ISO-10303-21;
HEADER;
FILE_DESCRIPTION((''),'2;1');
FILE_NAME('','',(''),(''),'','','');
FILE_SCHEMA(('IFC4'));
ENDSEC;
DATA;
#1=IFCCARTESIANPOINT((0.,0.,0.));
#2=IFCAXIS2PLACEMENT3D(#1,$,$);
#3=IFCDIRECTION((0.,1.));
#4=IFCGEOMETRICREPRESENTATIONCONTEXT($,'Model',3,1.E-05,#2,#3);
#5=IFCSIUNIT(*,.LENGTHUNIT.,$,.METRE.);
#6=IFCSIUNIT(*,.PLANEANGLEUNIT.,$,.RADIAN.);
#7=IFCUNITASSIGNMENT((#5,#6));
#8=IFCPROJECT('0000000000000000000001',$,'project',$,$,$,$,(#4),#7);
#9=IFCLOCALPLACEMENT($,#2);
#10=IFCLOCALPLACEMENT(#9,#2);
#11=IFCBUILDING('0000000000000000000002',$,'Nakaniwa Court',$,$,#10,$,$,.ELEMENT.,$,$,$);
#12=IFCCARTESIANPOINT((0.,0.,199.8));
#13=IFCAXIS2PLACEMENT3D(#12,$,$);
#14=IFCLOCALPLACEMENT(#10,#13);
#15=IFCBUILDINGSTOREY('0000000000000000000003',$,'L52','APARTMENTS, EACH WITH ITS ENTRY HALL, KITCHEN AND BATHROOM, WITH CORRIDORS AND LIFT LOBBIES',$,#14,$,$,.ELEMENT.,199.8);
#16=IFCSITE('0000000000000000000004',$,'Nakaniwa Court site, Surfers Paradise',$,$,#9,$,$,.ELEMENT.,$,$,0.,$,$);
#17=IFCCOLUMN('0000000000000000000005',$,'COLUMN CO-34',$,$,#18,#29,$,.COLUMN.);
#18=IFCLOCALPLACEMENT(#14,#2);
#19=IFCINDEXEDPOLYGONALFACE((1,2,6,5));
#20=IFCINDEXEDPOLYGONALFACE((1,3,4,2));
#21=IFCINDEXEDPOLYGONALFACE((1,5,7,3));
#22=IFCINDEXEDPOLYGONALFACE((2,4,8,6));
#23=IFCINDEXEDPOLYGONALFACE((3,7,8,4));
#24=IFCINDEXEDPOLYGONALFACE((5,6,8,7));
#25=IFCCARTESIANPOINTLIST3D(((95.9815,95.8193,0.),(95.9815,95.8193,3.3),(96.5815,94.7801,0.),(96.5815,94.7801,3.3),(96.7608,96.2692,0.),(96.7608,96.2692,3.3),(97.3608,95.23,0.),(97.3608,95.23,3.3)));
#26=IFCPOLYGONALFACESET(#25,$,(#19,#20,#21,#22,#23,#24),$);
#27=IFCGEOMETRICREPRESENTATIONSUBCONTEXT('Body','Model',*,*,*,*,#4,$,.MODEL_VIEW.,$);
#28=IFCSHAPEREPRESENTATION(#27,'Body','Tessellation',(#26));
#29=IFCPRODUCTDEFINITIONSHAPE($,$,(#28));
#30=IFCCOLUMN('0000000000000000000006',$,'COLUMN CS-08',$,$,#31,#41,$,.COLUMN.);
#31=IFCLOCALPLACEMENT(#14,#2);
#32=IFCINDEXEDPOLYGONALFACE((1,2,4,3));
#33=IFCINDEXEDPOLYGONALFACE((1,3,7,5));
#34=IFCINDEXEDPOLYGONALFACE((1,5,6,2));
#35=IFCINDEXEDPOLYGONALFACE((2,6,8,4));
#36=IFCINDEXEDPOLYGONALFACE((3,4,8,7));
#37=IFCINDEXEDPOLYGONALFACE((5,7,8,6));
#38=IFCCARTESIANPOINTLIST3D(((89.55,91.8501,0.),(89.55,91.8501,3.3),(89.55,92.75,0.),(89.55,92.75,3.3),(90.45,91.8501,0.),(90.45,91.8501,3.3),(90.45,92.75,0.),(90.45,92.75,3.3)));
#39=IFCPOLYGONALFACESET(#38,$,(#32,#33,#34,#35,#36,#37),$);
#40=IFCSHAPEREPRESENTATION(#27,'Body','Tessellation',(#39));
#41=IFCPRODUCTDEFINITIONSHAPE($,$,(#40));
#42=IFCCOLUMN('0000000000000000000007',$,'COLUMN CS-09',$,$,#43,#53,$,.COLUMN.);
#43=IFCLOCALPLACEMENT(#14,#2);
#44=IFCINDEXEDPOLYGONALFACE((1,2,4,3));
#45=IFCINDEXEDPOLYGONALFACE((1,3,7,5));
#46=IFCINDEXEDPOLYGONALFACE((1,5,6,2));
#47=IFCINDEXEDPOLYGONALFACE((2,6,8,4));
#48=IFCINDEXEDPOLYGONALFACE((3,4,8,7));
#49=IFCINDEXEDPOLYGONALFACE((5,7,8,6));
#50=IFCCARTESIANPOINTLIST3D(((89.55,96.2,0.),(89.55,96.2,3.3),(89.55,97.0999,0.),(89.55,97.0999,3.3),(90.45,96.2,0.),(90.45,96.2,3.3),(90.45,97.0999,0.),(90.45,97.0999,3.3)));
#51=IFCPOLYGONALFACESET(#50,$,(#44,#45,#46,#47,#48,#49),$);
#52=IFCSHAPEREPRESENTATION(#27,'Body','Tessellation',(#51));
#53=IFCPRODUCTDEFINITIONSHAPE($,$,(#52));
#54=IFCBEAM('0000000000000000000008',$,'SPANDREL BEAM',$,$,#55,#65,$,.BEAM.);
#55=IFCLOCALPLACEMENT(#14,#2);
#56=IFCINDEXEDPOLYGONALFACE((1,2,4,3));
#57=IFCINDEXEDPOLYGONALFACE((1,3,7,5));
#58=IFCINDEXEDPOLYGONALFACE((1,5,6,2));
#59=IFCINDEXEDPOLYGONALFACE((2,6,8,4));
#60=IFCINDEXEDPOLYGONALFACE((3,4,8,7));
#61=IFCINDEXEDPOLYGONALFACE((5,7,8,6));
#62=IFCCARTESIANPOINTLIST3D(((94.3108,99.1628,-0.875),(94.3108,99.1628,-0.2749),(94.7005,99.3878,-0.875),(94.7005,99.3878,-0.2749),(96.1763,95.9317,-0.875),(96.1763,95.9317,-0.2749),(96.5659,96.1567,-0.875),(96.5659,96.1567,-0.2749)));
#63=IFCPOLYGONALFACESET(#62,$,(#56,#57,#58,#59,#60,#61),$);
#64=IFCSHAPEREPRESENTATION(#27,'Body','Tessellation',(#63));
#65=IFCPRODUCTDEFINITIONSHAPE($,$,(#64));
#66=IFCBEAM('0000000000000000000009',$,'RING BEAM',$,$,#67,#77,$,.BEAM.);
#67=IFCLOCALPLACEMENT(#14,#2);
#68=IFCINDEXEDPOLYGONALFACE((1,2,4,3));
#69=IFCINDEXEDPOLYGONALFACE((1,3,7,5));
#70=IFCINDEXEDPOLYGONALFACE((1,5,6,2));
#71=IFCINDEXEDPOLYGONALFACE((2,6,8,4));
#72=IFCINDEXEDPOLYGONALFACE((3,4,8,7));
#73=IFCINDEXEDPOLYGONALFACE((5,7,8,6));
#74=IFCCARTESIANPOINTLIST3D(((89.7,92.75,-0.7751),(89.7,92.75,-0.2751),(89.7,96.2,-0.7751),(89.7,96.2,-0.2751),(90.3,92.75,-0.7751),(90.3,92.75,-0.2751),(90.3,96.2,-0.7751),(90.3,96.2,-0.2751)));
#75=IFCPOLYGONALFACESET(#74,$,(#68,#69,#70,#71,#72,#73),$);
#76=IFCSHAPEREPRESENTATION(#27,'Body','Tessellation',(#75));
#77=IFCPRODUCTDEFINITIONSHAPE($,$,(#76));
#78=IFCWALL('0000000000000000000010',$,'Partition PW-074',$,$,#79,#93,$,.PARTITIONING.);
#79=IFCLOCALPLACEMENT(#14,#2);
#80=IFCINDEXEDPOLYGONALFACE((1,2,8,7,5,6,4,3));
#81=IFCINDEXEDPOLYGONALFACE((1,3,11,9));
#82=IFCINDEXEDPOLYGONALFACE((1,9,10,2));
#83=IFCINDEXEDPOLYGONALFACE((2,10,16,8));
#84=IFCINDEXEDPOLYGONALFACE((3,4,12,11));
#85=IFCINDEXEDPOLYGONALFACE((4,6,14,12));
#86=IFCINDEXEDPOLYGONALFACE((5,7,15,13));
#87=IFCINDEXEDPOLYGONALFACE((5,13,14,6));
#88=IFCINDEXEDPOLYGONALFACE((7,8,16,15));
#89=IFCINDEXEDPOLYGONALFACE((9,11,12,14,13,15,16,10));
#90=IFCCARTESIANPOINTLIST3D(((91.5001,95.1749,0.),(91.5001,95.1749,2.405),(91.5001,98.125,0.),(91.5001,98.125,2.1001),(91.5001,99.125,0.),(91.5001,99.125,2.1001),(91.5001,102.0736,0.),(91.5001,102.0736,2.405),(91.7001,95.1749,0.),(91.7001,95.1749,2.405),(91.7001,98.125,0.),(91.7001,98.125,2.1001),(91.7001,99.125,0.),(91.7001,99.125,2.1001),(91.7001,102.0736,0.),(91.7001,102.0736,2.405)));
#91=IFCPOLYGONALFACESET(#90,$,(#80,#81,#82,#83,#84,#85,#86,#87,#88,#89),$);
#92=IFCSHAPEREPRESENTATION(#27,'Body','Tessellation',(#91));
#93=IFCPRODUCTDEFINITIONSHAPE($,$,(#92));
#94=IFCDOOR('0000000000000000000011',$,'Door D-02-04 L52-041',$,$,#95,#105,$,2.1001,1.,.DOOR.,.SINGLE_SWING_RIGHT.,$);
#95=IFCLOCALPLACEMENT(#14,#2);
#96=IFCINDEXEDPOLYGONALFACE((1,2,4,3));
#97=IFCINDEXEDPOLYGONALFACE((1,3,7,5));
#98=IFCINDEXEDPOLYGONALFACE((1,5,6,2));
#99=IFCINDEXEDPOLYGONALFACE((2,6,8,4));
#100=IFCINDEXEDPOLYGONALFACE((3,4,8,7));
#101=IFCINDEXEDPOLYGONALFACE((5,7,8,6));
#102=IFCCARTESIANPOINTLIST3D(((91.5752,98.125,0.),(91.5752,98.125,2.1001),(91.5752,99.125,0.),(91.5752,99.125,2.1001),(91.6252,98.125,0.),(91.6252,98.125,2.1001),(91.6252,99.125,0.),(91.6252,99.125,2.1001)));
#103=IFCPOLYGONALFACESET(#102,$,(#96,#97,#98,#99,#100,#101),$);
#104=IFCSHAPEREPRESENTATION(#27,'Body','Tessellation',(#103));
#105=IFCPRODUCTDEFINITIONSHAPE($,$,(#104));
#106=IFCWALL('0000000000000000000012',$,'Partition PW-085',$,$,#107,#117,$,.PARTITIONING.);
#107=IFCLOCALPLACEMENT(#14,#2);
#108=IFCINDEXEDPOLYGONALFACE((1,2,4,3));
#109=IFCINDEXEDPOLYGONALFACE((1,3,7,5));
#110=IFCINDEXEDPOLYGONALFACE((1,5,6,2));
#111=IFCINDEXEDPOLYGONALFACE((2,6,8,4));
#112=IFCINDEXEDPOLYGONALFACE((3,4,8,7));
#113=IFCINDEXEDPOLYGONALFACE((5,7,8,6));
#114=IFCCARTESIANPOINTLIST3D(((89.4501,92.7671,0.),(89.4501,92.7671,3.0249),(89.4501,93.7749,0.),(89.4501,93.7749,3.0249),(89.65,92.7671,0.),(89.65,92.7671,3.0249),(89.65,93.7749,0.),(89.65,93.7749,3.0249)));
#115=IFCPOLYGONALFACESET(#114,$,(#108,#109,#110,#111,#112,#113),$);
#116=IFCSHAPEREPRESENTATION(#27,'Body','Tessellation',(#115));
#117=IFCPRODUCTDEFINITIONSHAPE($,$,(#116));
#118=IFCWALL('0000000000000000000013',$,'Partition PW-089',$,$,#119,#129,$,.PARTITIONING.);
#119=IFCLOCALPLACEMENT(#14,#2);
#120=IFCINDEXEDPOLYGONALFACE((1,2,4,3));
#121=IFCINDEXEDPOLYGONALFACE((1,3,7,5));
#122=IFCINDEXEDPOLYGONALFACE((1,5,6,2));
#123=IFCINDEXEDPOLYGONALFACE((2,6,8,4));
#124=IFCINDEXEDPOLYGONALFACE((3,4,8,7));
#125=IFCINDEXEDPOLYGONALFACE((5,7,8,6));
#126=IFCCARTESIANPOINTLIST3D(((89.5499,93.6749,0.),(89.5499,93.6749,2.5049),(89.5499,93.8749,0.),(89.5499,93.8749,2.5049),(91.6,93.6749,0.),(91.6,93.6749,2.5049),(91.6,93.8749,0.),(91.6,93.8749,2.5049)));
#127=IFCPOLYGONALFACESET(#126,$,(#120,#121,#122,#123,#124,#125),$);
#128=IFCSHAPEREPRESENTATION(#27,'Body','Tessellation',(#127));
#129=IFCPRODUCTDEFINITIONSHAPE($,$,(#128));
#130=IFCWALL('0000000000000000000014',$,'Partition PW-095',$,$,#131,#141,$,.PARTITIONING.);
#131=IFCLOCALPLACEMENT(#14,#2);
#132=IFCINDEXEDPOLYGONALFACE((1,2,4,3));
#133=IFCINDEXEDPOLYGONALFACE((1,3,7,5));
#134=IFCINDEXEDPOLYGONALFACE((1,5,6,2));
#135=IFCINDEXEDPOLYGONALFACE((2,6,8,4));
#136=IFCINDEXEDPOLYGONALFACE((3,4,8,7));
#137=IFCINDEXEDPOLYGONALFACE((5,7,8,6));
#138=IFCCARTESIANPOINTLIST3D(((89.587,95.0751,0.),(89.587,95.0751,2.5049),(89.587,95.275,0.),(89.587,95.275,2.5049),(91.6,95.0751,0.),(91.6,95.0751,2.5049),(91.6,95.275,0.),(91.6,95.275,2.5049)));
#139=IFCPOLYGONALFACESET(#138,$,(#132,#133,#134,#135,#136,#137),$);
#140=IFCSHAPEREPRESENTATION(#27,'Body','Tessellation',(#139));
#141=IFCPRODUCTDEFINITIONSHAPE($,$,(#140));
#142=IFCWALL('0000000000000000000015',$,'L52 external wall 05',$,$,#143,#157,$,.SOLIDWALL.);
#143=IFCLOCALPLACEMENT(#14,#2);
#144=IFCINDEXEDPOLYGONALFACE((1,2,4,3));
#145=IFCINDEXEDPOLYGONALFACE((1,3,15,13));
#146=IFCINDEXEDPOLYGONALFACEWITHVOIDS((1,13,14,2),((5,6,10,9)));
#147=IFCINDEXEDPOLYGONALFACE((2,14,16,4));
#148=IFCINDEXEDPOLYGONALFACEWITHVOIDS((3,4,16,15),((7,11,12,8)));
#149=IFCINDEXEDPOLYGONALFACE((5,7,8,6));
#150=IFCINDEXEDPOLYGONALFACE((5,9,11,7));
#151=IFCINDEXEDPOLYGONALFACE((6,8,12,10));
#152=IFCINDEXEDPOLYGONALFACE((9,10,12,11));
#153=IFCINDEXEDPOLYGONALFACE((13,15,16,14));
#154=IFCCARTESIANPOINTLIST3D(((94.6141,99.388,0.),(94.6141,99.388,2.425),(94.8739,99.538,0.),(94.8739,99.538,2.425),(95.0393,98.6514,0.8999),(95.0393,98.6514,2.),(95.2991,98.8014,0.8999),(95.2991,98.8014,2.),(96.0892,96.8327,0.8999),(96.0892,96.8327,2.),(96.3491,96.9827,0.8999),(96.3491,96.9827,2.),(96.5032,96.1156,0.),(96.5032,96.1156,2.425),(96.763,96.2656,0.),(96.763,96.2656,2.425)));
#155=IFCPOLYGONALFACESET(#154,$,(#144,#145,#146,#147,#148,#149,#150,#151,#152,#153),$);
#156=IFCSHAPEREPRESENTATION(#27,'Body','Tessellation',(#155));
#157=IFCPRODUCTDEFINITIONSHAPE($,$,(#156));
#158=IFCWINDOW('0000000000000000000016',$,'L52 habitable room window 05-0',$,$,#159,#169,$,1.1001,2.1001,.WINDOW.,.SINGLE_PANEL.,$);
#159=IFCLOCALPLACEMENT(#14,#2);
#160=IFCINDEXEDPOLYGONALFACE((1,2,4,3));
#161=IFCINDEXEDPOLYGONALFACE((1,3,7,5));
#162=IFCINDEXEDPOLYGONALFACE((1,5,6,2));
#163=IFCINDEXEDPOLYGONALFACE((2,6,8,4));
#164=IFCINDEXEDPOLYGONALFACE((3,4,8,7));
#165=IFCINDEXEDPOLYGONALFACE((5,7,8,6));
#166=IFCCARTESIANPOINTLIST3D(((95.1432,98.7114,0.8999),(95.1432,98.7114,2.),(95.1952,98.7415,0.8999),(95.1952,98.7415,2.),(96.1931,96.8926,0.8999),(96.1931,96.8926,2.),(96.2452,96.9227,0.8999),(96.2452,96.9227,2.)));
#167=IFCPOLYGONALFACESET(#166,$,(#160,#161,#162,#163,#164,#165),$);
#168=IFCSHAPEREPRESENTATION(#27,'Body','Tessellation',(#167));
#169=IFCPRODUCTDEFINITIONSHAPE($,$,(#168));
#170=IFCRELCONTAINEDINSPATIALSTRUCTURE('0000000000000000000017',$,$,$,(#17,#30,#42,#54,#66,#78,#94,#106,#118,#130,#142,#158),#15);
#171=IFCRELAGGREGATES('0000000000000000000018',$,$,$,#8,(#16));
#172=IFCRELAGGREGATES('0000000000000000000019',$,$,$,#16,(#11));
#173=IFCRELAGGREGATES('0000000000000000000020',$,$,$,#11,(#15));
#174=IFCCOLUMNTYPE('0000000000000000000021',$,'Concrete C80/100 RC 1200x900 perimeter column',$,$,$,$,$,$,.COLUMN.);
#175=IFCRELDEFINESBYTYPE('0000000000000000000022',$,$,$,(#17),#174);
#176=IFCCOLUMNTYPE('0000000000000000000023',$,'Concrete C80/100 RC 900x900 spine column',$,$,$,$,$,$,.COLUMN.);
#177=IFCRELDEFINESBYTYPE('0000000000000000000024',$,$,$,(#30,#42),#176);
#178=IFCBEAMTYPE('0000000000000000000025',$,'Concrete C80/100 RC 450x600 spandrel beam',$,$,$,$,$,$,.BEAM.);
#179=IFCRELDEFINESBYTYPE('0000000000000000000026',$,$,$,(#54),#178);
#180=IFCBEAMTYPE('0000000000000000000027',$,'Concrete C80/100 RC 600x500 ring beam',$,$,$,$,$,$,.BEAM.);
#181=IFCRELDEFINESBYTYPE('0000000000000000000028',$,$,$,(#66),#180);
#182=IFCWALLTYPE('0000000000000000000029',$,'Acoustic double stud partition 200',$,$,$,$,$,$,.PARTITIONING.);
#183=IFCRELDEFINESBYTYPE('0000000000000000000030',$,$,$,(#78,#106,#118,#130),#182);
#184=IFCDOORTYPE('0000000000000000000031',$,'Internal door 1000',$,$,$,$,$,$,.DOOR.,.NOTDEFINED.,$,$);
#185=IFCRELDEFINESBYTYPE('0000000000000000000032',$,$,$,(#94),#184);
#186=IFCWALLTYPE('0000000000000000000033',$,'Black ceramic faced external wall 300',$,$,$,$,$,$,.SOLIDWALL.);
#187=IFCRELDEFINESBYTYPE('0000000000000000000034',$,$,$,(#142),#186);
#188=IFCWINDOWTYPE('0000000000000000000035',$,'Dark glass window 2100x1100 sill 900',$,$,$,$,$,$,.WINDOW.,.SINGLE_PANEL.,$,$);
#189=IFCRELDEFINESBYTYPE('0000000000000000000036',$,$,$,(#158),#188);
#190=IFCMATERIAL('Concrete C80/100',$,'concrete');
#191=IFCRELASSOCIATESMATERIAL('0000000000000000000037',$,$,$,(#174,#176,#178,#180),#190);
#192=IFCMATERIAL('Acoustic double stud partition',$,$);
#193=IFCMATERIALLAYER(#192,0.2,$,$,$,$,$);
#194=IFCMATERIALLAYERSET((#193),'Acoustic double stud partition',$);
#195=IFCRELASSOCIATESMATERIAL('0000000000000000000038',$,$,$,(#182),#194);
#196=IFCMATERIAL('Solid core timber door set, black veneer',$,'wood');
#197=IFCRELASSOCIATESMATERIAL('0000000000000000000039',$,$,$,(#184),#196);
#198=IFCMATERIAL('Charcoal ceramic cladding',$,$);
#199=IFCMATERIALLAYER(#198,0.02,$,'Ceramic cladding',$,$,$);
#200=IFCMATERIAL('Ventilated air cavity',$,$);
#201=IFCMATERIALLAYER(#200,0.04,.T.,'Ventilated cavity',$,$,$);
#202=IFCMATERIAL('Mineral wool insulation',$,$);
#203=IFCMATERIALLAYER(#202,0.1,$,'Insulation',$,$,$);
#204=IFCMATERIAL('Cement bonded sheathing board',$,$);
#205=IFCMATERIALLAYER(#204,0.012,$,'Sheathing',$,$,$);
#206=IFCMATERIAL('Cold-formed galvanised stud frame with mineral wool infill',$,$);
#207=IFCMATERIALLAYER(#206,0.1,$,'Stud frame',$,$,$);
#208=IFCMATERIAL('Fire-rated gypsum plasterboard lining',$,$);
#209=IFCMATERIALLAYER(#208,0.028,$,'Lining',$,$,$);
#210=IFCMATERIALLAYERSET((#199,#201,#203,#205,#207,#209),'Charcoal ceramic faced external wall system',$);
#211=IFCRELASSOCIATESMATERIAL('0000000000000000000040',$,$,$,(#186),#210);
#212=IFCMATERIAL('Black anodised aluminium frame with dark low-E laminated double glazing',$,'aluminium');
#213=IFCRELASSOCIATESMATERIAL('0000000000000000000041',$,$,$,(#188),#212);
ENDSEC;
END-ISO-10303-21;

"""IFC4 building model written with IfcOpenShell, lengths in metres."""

from ifc_helpers import new_model, si_unit, direction, frame, frame_2d, origin, origin_2d, place, context, subcontext, project, spatial, rectangle, extrude, material, layer, layer_set, material_profile, profile_set, type_object, element, fill, save


model = new_model("IFC4")

# Units and contexts
model_context = context("Model", 3, precision=1e-05, world=origin(), true_north=direction((0.0, 1.0)))
body_context = subcontext(model_context, "Body", "Model", "MODEL_VIEW")
ifc_project = project(units=[si_unit("LENGTHUNIT", "METRE"), si_unit("PLANEANGLEUNIT", "RADIAN")], contexts=[model_context])

# Site, building, storey
site_placement = place(None, origin())
site = spatial("IfcSite", under=ifc_project, at=site_placement, Name="Nakaniwa Court site, Surfers Paradise", CompositionType="ELEMENT", RefElevation=0.0)
building_placement = place(site_placement, origin())
building = spatial("IfcBuilding", under=site, at=building_placement, Name="Nakaniwa Court", CompositionType="ELEMENT")
storey_placement = place(building_placement, frame((0.0, 0.0, 199.8)))
storey = spatial("IfcBuildingStorey", under=building, at=storey_placement, Name="L52", Description="APARTMENTS, EACH WITH ITS ENTRY HALL, KITCHEN AND BATHROOM, WITH CORRIDORS AND LIFT LOBBIES", CompositionType="ELEMENT", Elevation=199.8)

# Columns
ifc_material_1 = material(Name="Concrete C80/100", Category="concrete")
ifc_material_profile_1 = material_profile(ifc_material_1, rectangle(XDim=1.2, YDim=0.8999, at=origin_2d()), Name="Concrete C80/100 RC 1200x900 perimeter column")
ifc_profile_set_1 = profile_set([ifc_material_profile_1], Name="Concrete C80/100")
column_type_1 = type_object("IfcColumnType", Name="Concrete C80/100 RC 1200x900 perimeter column", PredefinedType="COLUMN", material=ifc_profile_set_1)
column_placement = place(storey_placement, frame((96.6711, 95.5247, 0.0), z_axis=(0.0, 0.0, 1.0), x_axis=(-0.5, 0.866025, 0.0)))
element("IfcColumn", 1, at=column_placement, inside=storey, type_object=column_type_1, Name="COLUMN CO-34", PredefinedType="COLUMN", context=body_context, shape_type="SweptSolid", body=[
    extrude(rectangle(XDim=1.2, YDim=0.8999, at=origin_2d()), origin(), (0.0, 0.0, 1.0), 3.3),
])
ifc_material_profile_2 = material_profile(ifc_material_1, rectangle(XDim=0.8999, YDim=0.8999, at=origin_2d()), Name="Concrete C80/100 RC 900x900 spine column")
ifc_profile_set_2 = profile_set([ifc_material_profile_2], Name="Concrete C80/100")
column_type_2 = type_object("IfcColumnType", Name="Concrete C80/100 RC 900x900 spine column", PredefinedType="COLUMN", material=ifc_profile_set_2)
for number, where, z_axis, x_axis, name in (
    (2, (90.0, 92.3, 0.0), (0.0, 0.0, 1.0), (0.0, 1.0, 0.0), "COLUMN CS-08"),
    (3, (90.0, 96.6499, 0.0), (0.0, 0.0, 1.0), (0.0, 1.0, 0.0), "COLUMN CS-09"),
):
    element("IfcColumn", number, at=place(storey_placement, frame(where, z_axis=z_axis, x_axis=x_axis)), inside=storey, type_object=column_type_2, Name=name, PredefinedType="COLUMN", context=body_context, shape_type="SweptSolid", body=[
        extrude(rectangle(XDim=0.8999, YDim=0.8999, at=origin_2d()), origin(), (0.0, 0.0, 1.0), 3.3),
    ])

# Beams
ifc_material_profile_3 = material_profile(ifc_material_1, rectangle(XDim=0.45, YDim=0.6001, at=origin_2d()), Name="Concrete C80/100 RC 450x600 spandrel beam")
ifc_profile_set_3 = profile_set([ifc_material_profile_3], Name="Concrete C80/100")
beam_type_1 = type_object("IfcBeamType", Name="Concrete C80/100 RC 450x600 spandrel beam", PredefinedType="BEAM", material=ifc_profile_set_3)
beam_1_placement = place(storey_placement, frame((96.3711, 96.0442, -0.575), z_axis=(-0.499989, 0.866032, 0.0), x_axis=(-0.866032, -0.499989, 0.0)))
element("IfcBeam", 4, at=beam_1_placement, inside=storey, type_object=beam_type_1, Name="SPANDREL BEAM", PredefinedType="BEAM", context=body_context, shape_type="SweptSolid", body=[
    extrude(rectangle(XDim=0.45, YDim=0.6001, at=origin_2d()), origin(), (0.0, 0.0, 1.0), 3.731),
])
ifc_material_profile_4 = material_profile(ifc_material_1, rectangle(XDim=0.6001, YDim=0.5, at=origin_2d()), Name="Concrete C80/100 RC 600x500 ring beam")
ifc_profile_set_4 = profile_set([ifc_material_profile_4], Name="Concrete C80/100")
beam_type_2 = type_object("IfcBeamType", Name="Concrete C80/100 RC 600x500 ring beam", PredefinedType="BEAM", material=ifc_profile_set_4)
beam_2_placement = place(storey_placement, frame((90.0, 92.75, -0.5251), z_axis=(0.0, 1.0, 0.0), x_axis=(-1.0, 0.0, 0.0)))
element("IfcBeam", 5, at=beam_2_placement, inside=storey, type_object=beam_type_2, Name="RING BEAM", PredefinedType="BEAM", context=body_context, shape_type="SweptSolid", body=[
    extrude(rectangle(XDim=0.6001, YDim=0.5, at=origin_2d()), origin(), (0.0, 0.0, 1.0), 3.45),
])

# Wall, opening, door
ifc_material_2 = material(Name="Acoustic double stud partition")
ifc_layer_1 = layer(ifc_material_2, 0.2)
ifc_layer_set_1 = layer_set([ifc_layer_1], Name="Acoustic double stud partition")
wall_type_1 = type_object("IfcWallType", Name="Acoustic double stud partition 200", PredefinedType="PARTITIONING", material=ifc_layer_set_1)
wall_1_placement = place(storey_placement, frame((91.6001, 95.175, 0.0), z_axis=(0.0, 0.0, 1.0), x_axis=(0.0, 1.0, 0.0)))
wall_1 = element("IfcWall", 6, at=wall_1_placement, inside=storey, type_object=wall_type_1, Name="Partition PW-074", PredefinedType="PARTITIONING", context=body_context, shape_type="SweptSolid", body=[
    extrude(rectangle(XDim=6.8987, YDim=0.2, at=frame_2d((3.4492, 0.0))), origin(), (0.0, 0.0, 1.0), 2.405),
])
opening_1_placement = place(wall_1_placement, frame((2.95, 0.0, 0.0)))
opening_1 = element("IfcOpeningElement", 7, at=opening_1_placement, cuts=wall_1, PredefinedType="OPENING", context=body_context, shape_type="SweptSolid", body=[
    extrude(rectangle(XDim=1.0, YDim=2.1001, at=frame_2d((0.5, 1.05))), frame((0.0, 0.1099, 0.0), z_axis=(0.0, -1.0, 0.0), x_axis=(1.0, 0.0, 0.0)), (0.0, 0.0, 1.0), 0.22),
])
ifc_material_3 = material(Name="Solid core timber door set, black veneer", Category="wood")
door_type_1 = type_object("IfcDoorType", Name="Internal door 1000", OperationType="NOTDEFINED", PredefinedType="DOOR", material=ifc_material_3)
door_1_placement = place(opening_1_placement, origin())
door_1 = element("IfcDoor", 8, at=door_1_placement, inside=storey, type_object=door_type_1, Name="Door D-02-04 L52-041", OperationType="SINGLE_SWING_RIGHT", OverallHeight=2.1001, OverallWidth=1.0, PredefinedType="DOOR", context=body_context, shape_type="SweptSolid", body=[
    extrude(rectangle(XDim=1.0, YDim=2.1001, at=frame_2d((0.5, 1.05))), frame((0.0, 0.0249, 0.0), z_axis=(0.0, -1.0, 0.0), x_axis=(1.0, 0.0, 0.0)), (0.0, 0.0, 1.0), 0.05),
])
fill(opening_1, door_1)

# Walls
wall_2_placement = place(storey_placement, frame((89.55, 92.7671, 0.0), z_axis=(0.0, 0.0, 1.0), x_axis=(0.0, 1.0, 0.0)))
element("IfcWall", 9, at=wall_2_placement, inside=storey, type_object=wall_type_1, Name="Partition PW-085", PredefinedType="PARTITIONING", context=body_context, shape_type="SweptSolid", body=[
    extrude(rectangle(XDim=1.0078, YDim=0.2, at=frame_2d((0.5039, 0.0))), origin(), (0.0, 0.0, 1.0), 3.0249),
])
wall_3_placement = place(storey_placement, frame((89.55, 93.7749, 0.0), z_axis=(0.0, 0.0, 1.0), x_axis=(1.0, 0.0, 0.0)))
element("IfcWall", 10, at=wall_3_placement, inside=storey, type_object=wall_type_1, Name="Partition PW-089", PredefinedType="PARTITIONING", context=body_context, shape_type="SweptSolid", body=[
    extrude(rectangle(XDim=2.05, YDim=0.2, at=frame_2d((1.0249, 0.0))), origin(), (0.0, 0.0, 1.0), 2.5049),
])
wall_4_placement = place(storey_placement, frame((89.5872, 95.175, 0.0), z_axis=(0.0, 0.0, 1.0), x_axis=(1.0, 0.0, 0.0)))
element("IfcWall", 11, at=wall_4_placement, inside=storey, type_object=wall_type_1, Name="Partition PW-095", PredefinedType="PARTITIONING", context=body_context, shape_type="SweptSolid", body=[
    extrude(rectangle(XDim=2.0129, YDim=0.2, at=frame_2d((1.0063, 0.0))), origin(), (0.0, 0.0, 1.0), 2.5049),
])

# Wall, opening, window
ifc_material_4 = material(Name="Charcoal ceramic cladding")
ifc_layer_2 = layer(ifc_material_4, 0.02, Name="Ceramic cladding")
ifc_material_5 = material(Name="Ventilated air cavity")
ifc_layer_3 = layer(ifc_material_5, 0.04, ventilated=True, Name="Ventilated cavity")
ifc_material_6 = material(Name="Mineral wool insulation")
ifc_layer_4 = layer(ifc_material_6, 0.1, Name="Insulation")
ifc_material_7 = material(Name="Cement bonded sheathing board")
ifc_layer_5 = layer(ifc_material_7, 0.012, Name="Sheathing")
ifc_material_8 = material(Name="Cold-formed galvanised stud frame with mineral wool infill")
ifc_layer_6 = layer(ifc_material_8, 0.1, Name="Stud frame")
ifc_material_9 = material(Name="Fire-rated gypsum plasterboard lining")
ifc_layer_7 = layer(ifc_material_9, 0.028, Name="Lining")
ifc_layer_set_2 = layer_set([ifc_layer_2, ifc_layer_3, ifc_layer_4, ifc_layer_5, ifc_layer_6, ifc_layer_7], Name="Charcoal ceramic faced external wall system")
wall_type_2 = type_object("IfcWallType", Name="Black ceramic faced external wall 300", PredefinedType="SOLIDWALL", material=ifc_layer_set_2)
wall_5_placement = place(storey_placement, frame((96.6331, 96.1907, 0.0), z_axis=(0.0, 0.0, 1.0), x_axis=(-0.499961, 0.866048, 0.0)))
wall_5 = element("IfcWall", 12, at=wall_5_placement, inside=storey, type_object=wall_type_2, Name="L52 external wall 05", PredefinedType="SOLIDWALL", context=body_context, shape_type="SweptSolid", body=[
    extrude(rectangle(XDim=3.7786, YDim=0.3, at=frame_2d((1.8892, 0.0))), origin(), (0.0, 0.0, 1.0), 2.425),
])
opening_2_placement = place(wall_5_placement, frame((0.8279, 0.0, 0.8999)))
opening_2 = element("IfcOpeningElement", 13, at=opening_2_placement, cuts=wall_5, PredefinedType="OPENING", context=body_context, shape_type="SweptSolid", body=[
    extrude(rectangle(XDim=2.1001, YDim=1.1001, at=frame_2d((1.05, 0.55))), frame((0.0, 0.1599, 0.0), z_axis=(0.0, -1.0, 0.0), x_axis=(1.0, 0.0, 0.0)), (0.0, 0.0, 1.0), 0.3201),
])
ifc_material_10 = material(Name="Black anodised aluminium frame with dark low-E laminated double glazing", Category="aluminium")
window_type = type_object("IfcWindowType", Name="Dark glass window 2100x1100 sill 900", PartitioningType="SINGLE_PANEL", PredefinedType="WINDOW", material=ifc_material_10)
window_placement = place(opening_2_placement, origin())
window = element("IfcWindow", 14, at=window_placement, inside=storey, type_object=window_type, Name="L52 habitable room window 05-0", OverallHeight=1.1001, OverallWidth=2.1001, PartitioningType="SINGLE_PANEL", PredefinedType="WINDOW", context=body_context, shape_type="SweptSolid", body=[
    extrude(rectangle(XDim=2.1001, YDim=1.1001, at=frame_2d((1.05, 0.55))), frame((0.0, 0.03, 0.0), z_axis=(0.0, -1.0, 0.0), x_axis=(1.0, 0.0, 0.0)), (0.0, 0.0, 1.0), 0.0601),
])
fill(opening_2, window)

save(model, "model.ifc")
